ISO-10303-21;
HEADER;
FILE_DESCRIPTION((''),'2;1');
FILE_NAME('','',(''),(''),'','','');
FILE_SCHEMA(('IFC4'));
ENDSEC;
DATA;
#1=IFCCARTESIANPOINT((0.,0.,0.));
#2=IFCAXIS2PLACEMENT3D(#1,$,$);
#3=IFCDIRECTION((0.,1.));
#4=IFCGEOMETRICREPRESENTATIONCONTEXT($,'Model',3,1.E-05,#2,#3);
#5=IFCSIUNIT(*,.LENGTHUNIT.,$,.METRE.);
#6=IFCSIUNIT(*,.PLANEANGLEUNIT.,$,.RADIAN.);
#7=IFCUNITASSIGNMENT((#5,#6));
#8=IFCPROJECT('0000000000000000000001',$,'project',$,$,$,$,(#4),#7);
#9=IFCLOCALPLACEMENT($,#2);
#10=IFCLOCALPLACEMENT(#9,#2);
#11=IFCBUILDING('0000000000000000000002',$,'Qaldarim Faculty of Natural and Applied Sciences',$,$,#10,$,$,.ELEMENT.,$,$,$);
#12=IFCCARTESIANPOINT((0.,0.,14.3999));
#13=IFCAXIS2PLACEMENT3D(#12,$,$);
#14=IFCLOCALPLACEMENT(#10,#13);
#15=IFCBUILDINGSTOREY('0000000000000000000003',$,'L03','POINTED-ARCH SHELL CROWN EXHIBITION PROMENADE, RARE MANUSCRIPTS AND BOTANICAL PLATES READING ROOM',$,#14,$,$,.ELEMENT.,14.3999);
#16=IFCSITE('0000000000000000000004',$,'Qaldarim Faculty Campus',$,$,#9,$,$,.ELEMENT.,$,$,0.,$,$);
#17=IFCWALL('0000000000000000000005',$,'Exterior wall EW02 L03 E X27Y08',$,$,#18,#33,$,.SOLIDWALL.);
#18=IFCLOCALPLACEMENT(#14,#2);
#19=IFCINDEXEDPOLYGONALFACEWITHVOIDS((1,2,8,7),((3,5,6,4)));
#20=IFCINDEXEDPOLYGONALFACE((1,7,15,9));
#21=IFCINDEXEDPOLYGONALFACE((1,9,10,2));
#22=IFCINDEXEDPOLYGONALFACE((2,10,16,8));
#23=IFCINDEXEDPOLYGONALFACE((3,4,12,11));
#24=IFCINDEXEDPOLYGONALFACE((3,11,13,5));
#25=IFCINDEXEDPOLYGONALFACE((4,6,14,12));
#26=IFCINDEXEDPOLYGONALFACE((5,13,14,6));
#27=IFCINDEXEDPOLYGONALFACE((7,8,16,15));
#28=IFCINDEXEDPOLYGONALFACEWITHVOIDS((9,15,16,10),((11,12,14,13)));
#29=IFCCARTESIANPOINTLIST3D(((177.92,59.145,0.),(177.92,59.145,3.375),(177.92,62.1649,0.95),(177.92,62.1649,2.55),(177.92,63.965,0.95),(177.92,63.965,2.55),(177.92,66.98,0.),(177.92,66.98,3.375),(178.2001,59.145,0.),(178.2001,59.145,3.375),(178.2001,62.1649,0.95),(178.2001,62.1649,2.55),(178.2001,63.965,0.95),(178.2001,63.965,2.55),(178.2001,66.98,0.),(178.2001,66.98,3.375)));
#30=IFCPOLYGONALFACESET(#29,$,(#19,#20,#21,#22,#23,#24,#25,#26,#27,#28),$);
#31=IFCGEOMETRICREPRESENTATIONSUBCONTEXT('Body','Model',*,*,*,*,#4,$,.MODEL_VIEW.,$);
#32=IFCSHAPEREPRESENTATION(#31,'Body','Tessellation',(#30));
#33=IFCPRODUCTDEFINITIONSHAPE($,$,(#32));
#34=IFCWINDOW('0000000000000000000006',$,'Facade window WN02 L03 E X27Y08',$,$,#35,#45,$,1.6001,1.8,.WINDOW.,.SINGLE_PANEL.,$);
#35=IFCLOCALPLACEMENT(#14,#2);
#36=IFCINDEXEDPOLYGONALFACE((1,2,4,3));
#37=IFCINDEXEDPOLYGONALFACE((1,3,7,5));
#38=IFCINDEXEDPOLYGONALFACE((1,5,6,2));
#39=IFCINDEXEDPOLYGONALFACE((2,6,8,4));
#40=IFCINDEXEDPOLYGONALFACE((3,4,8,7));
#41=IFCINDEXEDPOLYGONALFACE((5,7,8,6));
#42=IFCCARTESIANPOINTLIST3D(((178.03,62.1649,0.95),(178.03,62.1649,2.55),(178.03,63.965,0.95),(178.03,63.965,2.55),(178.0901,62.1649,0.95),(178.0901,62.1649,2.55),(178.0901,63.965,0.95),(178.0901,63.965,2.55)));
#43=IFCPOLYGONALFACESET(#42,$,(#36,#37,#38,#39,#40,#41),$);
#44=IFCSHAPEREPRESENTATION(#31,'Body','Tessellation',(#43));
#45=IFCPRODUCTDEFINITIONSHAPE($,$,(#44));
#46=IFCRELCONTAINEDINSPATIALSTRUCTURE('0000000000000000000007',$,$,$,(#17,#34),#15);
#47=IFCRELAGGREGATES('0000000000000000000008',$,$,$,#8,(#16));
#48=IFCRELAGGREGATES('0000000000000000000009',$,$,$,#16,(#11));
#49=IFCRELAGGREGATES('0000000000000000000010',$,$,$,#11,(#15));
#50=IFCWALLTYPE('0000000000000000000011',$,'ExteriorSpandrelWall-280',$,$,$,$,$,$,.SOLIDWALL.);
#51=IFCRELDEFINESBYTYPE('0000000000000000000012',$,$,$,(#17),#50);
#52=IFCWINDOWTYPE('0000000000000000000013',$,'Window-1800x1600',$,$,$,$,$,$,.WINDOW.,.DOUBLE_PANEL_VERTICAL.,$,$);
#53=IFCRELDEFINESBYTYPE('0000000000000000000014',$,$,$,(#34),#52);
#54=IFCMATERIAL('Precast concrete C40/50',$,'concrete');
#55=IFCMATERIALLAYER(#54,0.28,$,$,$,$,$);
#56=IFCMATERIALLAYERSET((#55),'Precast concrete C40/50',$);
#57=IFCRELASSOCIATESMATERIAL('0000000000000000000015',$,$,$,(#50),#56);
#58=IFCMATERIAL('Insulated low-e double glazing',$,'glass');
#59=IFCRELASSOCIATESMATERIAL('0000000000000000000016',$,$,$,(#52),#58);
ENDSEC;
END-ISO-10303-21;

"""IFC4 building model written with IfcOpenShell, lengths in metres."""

from ifc_helpers import new_model, si_unit, direction, frame, frame_2d, origin, place, context, subcontext, project, spatial, rectangle, extrude, material, layer, layer_set, type_object, element, fill, save


model = new_model("IFC4")

# Units and contexts
model_context = context("Model", 3, precision=1e-05, world=origin(), true_north=direction((0.0, 1.0)))
body_context = subcontext(model_context, "Body", "Model", "MODEL_VIEW")
ifc_project = project(units=[si_unit("LENGTHUNIT", "METRE"), si_unit("PLANEANGLEUNIT", "RADIAN")], contexts=[model_context])

# Site, building, storey
site_placement = place(None, origin())
site = spatial("IfcSite", under=ifc_project, at=site_placement, Name="Qaldarim Faculty Campus", CompositionType="ELEMENT", RefElevation=0.0)
building_placement = place(site_placement, origin())
building = spatial("IfcBuilding", under=site, at=building_placement, Name="Qaldarim Faculty of Natural and Applied Sciences", CompositionType="ELEMENT")
storey_placement = place(building_placement, frame((0.0, 0.0, 14.3999)))
storey = spatial("IfcBuildingStorey", under=building, at=storey_placement, Name="L03", Description="POINTED-ARCH SHELL CROWN EXHIBITION PROMENADE, RARE MANUSCRIPTS AND BOTANICAL PLATES READING ROOM", CompositionType="ELEMENT", Elevation=14.3999)

# Shared definitions
ifc_material_1 = material(Name="Precast concrete C40/50", Category="concrete")

# Wall, opening, window
ifc_layer_1 = layer(ifc_material_1, 0.28)
ifc_layer_set_1 = layer_set([ifc_layer_1], Name="Precast concrete C40/50")
wall_type_1 = type_object("IfcWallType", Name="ExteriorSpandrelWall-280", PredefinedType="SOLIDWALL", material=ifc_layer_set_1)
ifc_material_2 = material(Name="Insulated low-e double glazing", Category="glass")
wall_1_placement = place(storey_placement, frame((178.0601, 59.145, 0.0), z_axis=(0.0, 0.0, 1.0), x_axis=(0.0, 1.0, 0.0)))
wall_1 = element("IfcWall", 1, at=wall_1_placement, inside=storey, type_object=wall_type_1, Name="Exterior wall EW02 L03 E X27Y08", PredefinedType="SOLIDWALL", context=body_context, shape_type="SweptSolid", body=[
    extrude(rectangle(XDim=7.835, YDim=0.28, at=frame_2d((3.9175, 0.0))), origin(), (0.0, 0.0, 1.0), 3.375),
])
opening_1_placement = place(wall_1_placement, frame((3.02, 0.0, 0.95)))
opening_1 = element("IfcOpeningElement", 2, at=opening_1_placement, cuts=wall_1, PredefinedType="OPENING", context=body_context, shape_type="SweptSolid", body=[
    extrude(rectangle(XDim=1.8, YDim=1.6001, at=frame_2d((0.8999, 0.8))), frame((0.0, 0.1499, 0.0), z_axis=(0.0, -1.0, 0.0), x_axis=(1.0, 0.0, 0.0)), (0.0, 0.0, 1.0), 0.3),
])
window_type_1 = type_object("IfcWindowType", Name="Window-1800x1600", PartitioningType="DOUBLE_PANEL_VERTICAL", PredefinedType="WINDOW", material=ifc_material_2)
window_1_placement = place(opening_1_placement, origin())
window_1 = element("IfcWindow", 3, at=window_1_placement, inside=storey, type_object=window_type_1, Name="Facade window WN02 L03 E X27Y08", OverallHeight=1.6001, OverallWidth=1.8, PartitioningType="SINGLE_PANEL", PredefinedType="WINDOW", context=body_context, shape_type="SweptSolid", body=[
    extrude(rectangle(XDim=1.8, YDim=1.6001, at=frame_2d((0.8999, 0.8))), frame((0.0, 0.03, 0.0), z_axis=(0.0, -1.0, 0.0), x_axis=(1.0, 0.0, 0.0)), (0.0, 0.0, 1.0), 0.0601),
])
fill(opening_1, window_1)

save(model, "model.ifc")
